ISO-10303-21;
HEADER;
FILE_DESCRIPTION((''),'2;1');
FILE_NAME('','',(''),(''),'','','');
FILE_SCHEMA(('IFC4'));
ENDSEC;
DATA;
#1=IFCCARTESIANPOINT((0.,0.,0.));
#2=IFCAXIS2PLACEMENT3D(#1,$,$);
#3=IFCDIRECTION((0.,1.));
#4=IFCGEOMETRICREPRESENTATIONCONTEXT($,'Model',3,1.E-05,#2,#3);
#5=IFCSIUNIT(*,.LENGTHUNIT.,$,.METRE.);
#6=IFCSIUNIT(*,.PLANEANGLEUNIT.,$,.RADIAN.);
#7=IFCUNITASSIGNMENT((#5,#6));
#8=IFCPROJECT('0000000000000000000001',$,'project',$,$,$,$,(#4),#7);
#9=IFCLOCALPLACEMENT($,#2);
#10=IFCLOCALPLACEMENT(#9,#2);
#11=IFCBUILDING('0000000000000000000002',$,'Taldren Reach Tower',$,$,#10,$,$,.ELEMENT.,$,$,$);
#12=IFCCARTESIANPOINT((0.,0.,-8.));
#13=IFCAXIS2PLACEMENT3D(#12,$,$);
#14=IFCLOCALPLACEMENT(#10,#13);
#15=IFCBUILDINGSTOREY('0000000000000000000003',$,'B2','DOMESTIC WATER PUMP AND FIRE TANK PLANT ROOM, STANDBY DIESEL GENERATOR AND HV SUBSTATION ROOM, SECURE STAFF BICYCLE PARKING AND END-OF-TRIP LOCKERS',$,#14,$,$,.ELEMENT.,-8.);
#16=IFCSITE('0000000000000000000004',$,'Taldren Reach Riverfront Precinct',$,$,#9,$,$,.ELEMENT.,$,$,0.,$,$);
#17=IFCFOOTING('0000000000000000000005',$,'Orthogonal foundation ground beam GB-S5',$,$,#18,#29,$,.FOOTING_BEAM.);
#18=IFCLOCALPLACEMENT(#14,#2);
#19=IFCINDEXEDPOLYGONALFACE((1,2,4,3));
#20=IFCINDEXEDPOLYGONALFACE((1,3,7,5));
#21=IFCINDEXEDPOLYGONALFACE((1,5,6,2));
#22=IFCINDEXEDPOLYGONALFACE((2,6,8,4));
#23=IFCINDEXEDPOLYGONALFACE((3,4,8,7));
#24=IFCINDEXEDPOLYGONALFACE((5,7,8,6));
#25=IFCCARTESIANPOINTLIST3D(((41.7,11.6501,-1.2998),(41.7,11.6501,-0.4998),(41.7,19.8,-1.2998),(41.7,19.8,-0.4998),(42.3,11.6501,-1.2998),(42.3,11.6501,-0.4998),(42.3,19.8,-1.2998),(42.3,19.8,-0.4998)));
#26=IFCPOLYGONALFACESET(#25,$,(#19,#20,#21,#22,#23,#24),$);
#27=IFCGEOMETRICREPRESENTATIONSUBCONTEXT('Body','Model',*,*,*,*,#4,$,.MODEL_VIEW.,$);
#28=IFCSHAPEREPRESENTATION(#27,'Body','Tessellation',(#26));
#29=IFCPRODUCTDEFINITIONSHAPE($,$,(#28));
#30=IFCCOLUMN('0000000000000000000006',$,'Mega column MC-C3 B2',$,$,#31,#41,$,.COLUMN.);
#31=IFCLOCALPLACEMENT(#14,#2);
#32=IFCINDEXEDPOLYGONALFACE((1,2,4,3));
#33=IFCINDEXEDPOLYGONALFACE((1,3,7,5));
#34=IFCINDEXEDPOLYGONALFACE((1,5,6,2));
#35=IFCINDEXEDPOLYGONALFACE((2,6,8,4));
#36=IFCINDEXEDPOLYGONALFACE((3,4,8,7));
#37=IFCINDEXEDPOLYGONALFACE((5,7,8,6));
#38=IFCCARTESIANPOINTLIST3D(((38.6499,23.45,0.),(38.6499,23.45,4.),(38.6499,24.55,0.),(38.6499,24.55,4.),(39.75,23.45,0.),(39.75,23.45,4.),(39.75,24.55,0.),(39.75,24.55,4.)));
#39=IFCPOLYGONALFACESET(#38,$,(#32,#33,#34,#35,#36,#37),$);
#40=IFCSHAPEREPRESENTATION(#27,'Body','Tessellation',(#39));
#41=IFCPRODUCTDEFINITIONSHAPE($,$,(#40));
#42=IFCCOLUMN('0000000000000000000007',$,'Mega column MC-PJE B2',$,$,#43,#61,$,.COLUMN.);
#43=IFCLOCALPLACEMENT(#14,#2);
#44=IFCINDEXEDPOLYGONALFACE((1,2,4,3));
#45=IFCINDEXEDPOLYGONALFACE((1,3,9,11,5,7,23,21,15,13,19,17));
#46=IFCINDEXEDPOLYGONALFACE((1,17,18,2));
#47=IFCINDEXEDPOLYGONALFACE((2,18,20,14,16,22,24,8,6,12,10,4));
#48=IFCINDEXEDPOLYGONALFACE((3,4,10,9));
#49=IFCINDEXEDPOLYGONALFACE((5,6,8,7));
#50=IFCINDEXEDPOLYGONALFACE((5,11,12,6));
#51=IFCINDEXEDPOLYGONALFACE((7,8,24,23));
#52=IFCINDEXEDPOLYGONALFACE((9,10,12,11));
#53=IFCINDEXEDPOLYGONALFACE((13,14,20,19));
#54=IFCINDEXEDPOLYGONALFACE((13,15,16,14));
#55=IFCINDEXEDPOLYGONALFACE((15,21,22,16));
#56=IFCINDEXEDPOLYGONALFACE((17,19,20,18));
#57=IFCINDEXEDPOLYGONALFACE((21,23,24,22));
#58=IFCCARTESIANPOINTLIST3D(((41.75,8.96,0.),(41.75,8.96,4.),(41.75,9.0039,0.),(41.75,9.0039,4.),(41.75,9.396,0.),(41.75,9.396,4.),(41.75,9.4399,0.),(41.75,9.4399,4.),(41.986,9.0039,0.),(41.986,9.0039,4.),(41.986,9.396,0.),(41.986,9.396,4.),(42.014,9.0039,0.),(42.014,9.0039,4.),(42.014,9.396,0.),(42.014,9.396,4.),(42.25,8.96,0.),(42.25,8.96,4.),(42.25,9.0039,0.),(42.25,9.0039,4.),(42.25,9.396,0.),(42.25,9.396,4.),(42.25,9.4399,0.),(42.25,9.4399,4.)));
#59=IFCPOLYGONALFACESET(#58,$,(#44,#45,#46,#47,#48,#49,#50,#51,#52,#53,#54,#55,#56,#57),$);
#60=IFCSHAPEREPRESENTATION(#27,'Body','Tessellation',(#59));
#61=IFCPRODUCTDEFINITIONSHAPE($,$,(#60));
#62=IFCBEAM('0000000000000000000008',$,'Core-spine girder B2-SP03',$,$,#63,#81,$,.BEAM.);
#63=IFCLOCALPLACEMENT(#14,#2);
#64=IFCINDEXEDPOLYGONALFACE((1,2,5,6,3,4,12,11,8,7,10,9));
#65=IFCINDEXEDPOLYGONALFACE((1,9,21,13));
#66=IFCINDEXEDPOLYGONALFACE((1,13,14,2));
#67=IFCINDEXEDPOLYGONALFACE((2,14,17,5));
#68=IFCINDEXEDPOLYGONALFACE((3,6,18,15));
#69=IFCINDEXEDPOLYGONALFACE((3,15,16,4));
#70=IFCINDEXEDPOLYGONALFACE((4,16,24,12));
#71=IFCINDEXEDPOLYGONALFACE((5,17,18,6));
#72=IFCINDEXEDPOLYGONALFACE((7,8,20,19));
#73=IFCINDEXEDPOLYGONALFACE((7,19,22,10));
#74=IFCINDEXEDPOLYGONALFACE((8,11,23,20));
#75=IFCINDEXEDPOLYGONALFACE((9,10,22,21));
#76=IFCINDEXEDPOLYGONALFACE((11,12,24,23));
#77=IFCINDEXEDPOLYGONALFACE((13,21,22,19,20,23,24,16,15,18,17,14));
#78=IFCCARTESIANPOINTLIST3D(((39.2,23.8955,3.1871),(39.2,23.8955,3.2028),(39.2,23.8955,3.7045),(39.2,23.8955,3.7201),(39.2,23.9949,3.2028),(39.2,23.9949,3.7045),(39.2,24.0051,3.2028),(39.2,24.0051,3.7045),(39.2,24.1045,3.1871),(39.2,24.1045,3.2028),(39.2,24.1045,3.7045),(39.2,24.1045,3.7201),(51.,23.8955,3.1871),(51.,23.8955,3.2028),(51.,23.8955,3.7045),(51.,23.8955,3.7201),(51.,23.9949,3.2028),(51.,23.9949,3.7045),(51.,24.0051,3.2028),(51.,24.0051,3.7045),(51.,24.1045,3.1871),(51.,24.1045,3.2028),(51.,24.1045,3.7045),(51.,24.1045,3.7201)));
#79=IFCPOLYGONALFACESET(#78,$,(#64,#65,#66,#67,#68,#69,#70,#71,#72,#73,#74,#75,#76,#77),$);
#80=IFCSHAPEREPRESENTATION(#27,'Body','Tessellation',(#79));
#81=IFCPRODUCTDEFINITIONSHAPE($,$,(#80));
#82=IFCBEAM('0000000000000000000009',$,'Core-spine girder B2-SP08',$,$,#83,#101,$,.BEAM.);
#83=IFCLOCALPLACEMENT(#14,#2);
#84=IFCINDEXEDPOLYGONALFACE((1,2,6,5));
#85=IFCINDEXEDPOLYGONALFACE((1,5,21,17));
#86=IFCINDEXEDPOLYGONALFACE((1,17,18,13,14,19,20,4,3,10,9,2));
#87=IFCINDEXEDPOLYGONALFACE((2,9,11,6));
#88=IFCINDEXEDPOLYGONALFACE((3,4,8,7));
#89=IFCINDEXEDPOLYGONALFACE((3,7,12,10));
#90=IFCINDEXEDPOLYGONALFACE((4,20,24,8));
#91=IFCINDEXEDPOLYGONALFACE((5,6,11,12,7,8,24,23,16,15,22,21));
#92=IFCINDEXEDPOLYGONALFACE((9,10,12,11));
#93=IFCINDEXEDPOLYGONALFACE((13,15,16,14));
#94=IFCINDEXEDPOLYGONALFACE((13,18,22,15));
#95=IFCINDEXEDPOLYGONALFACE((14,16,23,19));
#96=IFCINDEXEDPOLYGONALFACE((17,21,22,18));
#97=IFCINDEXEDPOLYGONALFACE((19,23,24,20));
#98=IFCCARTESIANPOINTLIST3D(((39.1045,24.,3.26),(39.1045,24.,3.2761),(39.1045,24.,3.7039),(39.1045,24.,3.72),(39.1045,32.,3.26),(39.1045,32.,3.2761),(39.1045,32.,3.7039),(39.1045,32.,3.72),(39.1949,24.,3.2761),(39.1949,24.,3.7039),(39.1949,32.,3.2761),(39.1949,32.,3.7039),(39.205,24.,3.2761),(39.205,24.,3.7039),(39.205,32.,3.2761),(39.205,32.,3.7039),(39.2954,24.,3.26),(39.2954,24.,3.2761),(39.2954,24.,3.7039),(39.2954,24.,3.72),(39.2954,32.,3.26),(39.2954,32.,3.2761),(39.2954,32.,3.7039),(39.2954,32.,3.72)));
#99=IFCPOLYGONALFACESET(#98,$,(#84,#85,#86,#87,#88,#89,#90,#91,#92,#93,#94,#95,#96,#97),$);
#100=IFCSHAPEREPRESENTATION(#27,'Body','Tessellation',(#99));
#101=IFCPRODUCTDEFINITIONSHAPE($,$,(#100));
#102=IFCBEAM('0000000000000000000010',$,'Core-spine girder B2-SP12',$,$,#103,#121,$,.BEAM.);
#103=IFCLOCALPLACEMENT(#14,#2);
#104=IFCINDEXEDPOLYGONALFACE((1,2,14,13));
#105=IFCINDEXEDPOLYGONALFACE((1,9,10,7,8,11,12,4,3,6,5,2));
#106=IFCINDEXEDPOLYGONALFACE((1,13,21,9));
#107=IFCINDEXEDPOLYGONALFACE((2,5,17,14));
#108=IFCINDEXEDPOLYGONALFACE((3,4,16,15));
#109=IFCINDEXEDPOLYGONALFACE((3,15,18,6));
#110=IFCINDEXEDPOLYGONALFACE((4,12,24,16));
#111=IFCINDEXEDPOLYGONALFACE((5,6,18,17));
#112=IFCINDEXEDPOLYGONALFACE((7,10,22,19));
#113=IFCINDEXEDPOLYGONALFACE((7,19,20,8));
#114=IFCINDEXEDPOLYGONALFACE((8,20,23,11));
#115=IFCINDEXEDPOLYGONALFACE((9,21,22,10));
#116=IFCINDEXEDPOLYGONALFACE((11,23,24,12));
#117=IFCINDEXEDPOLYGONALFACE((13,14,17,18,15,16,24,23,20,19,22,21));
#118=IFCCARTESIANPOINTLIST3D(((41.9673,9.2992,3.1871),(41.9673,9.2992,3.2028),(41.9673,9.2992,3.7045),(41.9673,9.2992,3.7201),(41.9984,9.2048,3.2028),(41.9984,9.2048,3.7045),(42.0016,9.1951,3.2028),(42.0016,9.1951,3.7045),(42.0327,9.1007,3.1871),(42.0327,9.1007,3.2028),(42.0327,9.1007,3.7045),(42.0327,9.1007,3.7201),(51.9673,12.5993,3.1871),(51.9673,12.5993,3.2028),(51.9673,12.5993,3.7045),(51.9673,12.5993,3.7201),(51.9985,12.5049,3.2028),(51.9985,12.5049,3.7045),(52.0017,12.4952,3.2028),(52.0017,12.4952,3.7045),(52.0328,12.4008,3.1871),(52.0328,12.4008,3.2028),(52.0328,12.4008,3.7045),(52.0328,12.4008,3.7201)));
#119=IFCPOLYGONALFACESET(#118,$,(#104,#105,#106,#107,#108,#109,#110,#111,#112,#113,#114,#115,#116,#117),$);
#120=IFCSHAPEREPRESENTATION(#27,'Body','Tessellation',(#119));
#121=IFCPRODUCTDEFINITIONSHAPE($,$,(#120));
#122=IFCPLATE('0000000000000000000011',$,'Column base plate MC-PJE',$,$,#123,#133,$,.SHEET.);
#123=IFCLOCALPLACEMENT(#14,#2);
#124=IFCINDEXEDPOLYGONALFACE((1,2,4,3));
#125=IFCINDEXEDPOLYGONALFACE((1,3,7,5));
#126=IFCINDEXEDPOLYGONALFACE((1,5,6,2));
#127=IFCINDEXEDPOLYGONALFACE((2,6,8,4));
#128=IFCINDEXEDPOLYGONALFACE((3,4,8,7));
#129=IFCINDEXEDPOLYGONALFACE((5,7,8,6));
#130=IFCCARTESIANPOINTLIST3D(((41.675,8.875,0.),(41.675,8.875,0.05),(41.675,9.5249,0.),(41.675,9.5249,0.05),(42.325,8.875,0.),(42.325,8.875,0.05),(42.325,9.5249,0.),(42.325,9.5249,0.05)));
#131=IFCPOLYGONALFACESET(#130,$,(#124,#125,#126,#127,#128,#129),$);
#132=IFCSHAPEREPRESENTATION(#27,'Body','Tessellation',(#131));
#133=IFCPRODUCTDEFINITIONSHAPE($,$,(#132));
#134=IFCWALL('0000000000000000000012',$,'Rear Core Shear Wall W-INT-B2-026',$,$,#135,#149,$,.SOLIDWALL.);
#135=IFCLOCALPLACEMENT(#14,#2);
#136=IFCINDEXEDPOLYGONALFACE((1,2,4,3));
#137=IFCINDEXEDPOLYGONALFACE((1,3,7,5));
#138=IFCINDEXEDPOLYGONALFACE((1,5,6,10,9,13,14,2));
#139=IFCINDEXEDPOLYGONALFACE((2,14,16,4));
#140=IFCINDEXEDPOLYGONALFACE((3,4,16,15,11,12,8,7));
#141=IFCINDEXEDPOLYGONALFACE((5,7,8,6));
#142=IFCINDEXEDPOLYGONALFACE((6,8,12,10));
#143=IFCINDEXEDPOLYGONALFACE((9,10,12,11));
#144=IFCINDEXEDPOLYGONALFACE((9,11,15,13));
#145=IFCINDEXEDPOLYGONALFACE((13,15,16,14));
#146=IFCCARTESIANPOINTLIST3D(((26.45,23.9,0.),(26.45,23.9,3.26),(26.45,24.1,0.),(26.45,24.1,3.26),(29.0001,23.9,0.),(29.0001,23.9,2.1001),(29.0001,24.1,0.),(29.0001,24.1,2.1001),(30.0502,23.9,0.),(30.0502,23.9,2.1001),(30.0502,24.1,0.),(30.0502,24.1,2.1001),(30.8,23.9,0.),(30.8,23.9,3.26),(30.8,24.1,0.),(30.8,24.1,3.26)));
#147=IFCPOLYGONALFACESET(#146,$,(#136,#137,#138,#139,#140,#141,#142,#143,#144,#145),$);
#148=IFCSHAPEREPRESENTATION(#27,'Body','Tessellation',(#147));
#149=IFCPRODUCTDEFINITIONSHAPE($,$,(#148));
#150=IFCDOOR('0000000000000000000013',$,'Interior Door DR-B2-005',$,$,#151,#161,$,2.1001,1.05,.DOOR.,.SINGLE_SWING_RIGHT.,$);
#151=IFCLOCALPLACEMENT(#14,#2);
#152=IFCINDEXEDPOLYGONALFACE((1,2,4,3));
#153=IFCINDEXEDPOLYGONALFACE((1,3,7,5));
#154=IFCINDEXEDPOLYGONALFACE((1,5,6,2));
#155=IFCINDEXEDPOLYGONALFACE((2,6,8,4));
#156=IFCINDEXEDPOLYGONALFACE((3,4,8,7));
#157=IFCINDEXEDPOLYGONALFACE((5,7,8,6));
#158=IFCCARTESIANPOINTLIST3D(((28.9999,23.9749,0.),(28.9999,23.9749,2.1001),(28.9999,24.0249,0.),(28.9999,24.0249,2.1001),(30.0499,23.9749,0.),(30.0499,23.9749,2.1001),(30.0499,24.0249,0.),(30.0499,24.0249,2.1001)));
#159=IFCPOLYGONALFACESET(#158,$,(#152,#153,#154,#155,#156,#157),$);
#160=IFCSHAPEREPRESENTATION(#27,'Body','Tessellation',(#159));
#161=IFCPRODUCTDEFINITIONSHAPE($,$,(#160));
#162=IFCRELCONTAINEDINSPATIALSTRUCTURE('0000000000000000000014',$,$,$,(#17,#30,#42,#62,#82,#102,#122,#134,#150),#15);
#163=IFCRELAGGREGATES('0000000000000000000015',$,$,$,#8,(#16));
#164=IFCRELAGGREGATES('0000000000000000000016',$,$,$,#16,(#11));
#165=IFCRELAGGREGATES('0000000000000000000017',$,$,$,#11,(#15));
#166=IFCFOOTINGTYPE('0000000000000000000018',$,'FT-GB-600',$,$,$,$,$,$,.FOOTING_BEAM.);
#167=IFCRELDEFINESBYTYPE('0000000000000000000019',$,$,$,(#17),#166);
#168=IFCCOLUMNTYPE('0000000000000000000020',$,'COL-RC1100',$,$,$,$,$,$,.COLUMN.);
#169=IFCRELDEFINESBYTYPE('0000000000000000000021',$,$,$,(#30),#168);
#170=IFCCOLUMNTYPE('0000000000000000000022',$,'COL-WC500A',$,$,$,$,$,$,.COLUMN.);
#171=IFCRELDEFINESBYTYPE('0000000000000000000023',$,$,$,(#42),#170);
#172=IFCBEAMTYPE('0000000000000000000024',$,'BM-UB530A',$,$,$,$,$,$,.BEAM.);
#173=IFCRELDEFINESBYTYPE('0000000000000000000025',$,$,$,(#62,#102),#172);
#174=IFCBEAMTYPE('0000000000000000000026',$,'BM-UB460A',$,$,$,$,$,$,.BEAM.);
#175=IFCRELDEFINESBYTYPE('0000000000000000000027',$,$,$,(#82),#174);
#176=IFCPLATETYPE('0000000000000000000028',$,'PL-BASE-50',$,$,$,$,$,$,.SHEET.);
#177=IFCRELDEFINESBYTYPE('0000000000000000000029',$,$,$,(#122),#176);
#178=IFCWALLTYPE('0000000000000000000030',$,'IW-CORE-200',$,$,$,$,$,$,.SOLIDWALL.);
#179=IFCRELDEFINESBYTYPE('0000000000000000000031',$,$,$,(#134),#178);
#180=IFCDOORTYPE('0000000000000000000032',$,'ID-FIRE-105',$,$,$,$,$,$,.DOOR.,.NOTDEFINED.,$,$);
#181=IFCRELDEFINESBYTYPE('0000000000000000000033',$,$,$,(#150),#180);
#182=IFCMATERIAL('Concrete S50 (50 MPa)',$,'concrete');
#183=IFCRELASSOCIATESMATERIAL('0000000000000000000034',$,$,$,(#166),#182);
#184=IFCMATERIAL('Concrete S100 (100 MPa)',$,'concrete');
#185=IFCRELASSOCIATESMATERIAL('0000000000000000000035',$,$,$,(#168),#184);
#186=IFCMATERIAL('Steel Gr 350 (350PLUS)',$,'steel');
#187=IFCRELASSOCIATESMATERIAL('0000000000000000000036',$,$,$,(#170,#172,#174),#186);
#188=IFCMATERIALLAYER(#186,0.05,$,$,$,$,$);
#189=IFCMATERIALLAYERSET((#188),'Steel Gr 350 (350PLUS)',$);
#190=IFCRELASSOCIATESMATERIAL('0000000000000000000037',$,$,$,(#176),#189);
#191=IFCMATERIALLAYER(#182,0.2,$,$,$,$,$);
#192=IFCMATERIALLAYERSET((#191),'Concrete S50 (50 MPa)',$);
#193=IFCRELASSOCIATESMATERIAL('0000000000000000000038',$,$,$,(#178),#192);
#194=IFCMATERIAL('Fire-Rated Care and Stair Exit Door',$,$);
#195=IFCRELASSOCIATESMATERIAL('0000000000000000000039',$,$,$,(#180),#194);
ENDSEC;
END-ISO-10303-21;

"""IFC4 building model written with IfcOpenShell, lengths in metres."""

from ifc_helpers import new_model, si_unit, direction, frame, frame_2d, origin, origin_2d, place, context, subcontext, project, spatial, rectangle, i_section, extrude, source, transform, mapped, material, layer, layer_set, material_profile, profile_set, type_object, element, fill, save


model = new_model("IFC4")

# Units and contexts
model_context = context("Model", 3, precision=1e-05, world=origin(), true_north=direction((0.0, 1.0)))
body_context = subcontext(model_context, "Body", "Model", "MODEL_VIEW")
ifc_project = project(units=[si_unit("LENGTHUNIT", "METRE"), si_unit("PLANEANGLEUNIT", "RADIAN")], contexts=[model_context])

# Site, building, storey
site_placement = place(None, origin())
site = spatial("IfcSite", under=ifc_project, at=site_placement, Name="Taldren Reach Riverfront Precinct", CompositionType="ELEMENT", RefElevation=0.0)
building_placement = place(site_placement, origin())
building = spatial("IfcBuilding", under=site, at=building_placement, Name="Taldren Reach Tower", CompositionType="ELEMENT")
storey_placement = place(building_placement, frame((0.0, 0.0, -8.0)))
storey = spatial("IfcBuildingStorey", under=building, at=storey_placement, Name="B2", Description="DOMESTIC WATER PUMP AND FIRE TANK PLANT ROOM, STANDBY DIESEL GENERATOR AND HV SUBSTATION ROOM, SECURE STAFF BICYCLE PARKING AND END-OF-TRIP LOCKERS", CompositionType="ELEMENT", Elevation=-8.0)

# Footing
ifc_material_1 = material(Name="Concrete S50 (50 MPa)", Category="concrete")
footing_type_1 = type_object("IfcFootingType", Name="FT-GB-600", PredefinedType="FOOTING_BEAM", material=ifc_material_1)
shared_shape_1 = source(origin(), body_context, "Body", "SweptSolid", [
    extrude(rectangle(XDim=8.1499, YDim=0.6001, at=origin_2d()), origin(), (0.0, 0.0, 1.0), 0.8),
])
footing_1_placement = place(storey_placement, frame((42.0, 15.7251, -1.2998), z_axis=(0.0, 0.0, 1.0), x_axis=(0.0, 1.0, 0.0)))
element("IfcFooting", 1, at=footing_1_placement, inside=storey, type_object=footing_type_1, Name="Orthogonal foundation ground beam GB-S5", PredefinedType="FOOTING_BEAM", context=body_context, shape_type="MappedRepresentation", body=[
    mapped(shared_shape_1, transform((0.0, 0.0, 0.0), scale=1.0)),
])

# Columns
ifc_material_2 = material(Name="Concrete S100 (100 MPa)", Category="concrete")
ifc_material_profile_1 = material_profile(ifc_material_2, rectangle(XDim=1.1001, YDim=1.1001, at=origin_2d()), Name="RC-1100x1100")
ifc_profile_set_1 = profile_set([ifc_material_profile_1], Name="Concrete S100 (100 MPa)")
column_type_1 = type_object("IfcColumnType", Name="COL-RC1100", PredefinedType="COLUMN", material=ifc_profile_set_1)
shared_shape_2 = source(origin(), body_context, "Body", "SweptSolid", [
    extrude(rectangle(XDim=1.1001, YDim=1.1001, at=origin_2d()), origin(), (0.0, 0.0, 1.0), 4.0),
])
column_1_placement = place(storey_placement, frame((39.2, 24.0, 0.0), z_axis=(0.0, 0.0, 1.0), x_axis=(1.0, 0.0, 0.0)))
element("IfcColumn", 2, at=column_1_placement, inside=storey, type_object=column_type_1, Name="Mega column MC-C3 B2", PredefinedType="COLUMN", context=body_context, shape_type="MappedRepresentation", body=[
    mapped(shared_shape_2, transform((0.0, 0.0, 0.0), scale=1.0)),
])
ifc_material_3 = material(Name="Steel Gr 350 (350PLUS)", Category="steel")
ifc_material_profile_2 = material_profile(ifc_material_3, i_section(OverallWidth=0.5, OverallDepth=0.48, WebThickness=0.0281, FlangeThickness=0.0439, at=origin_2d()), Name="500WC440")
ifc_profile_set_2 = profile_set([ifc_material_profile_2], Name="Steel Gr 350 (350PLUS)")
column_type_2 = type_object("IfcColumnType", Name="COL-WC500A", PredefinedType="COLUMN", material=ifc_profile_set_2)
shared_shape_3 = source(origin(), body_context, "Body", "SweptSolid", [
    extrude(i_section(OverallWidth=0.5, OverallDepth=0.48, WebThickness=0.0281, FlangeThickness=0.0439, at=origin_2d()), origin(), (0.0, 0.0, 1.0), 4.0),
])
column_2_placement = place(storey_placement, frame((42.0, 9.2, 0.0), z_axis=(0.0, 0.0, 1.0), x_axis=(1.0, 0.0, 0.0)))
element("IfcColumn", 3, at=column_2_placement, inside=storey, type_object=column_type_2, Name="Mega column MC-PJE B2", PredefinedType="COLUMN", context=body_context, shape_type="MappedRepresentation", body=[
    mapped(shared_shape_3, transform((0.0, 0.0, 0.0), scale=1.0)),
])

# Beams
ifc_material_profile_3 = material_profile(ifc_material_3, i_section(OverallWidth=0.209, OverallDepth=0.533, WebThickness=0.0103, FlangeThickness=0.0156, at=origin_2d()), Name="530UB92.4")
ifc_profile_set_3 = profile_set([ifc_material_profile_3], Name="Steel Gr 350 (350PLUS)")
beam_type_1 = type_object("IfcBeamType", Name="BM-UB530A", PredefinedType="BEAM", material=ifc_profile_set_3)
shared_shape_4 = source(origin(), body_context, "Body", "SweptSolid", [
    extrude(i_section(OverallWidth=0.209, OverallDepth=0.533, WebThickness=0.0103, FlangeThickness=0.0156, at=origin_2d()), origin(), (0.0, 0.0, 1.0), 11.8),
])
beam_1_placement = place(storey_placement, frame((39.2, 24.0, 3.4536), z_axis=(1.0, 0.0, 0.0), x_axis=(0.0, 1.0, 0.0)))
element("IfcBeam", 4, at=beam_1_placement, inside=storey, type_object=beam_type_1, Name="Core-spine girder B2-SP03", PredefinedType="BEAM", context=body_context, shape_type="MappedRepresentation", body=[
    mapped(shared_shape_4, transform((0.0, 0.0, 0.0), scale=1.0)),
])
ifc_material_profile_4 = material_profile(ifc_material_3, i_section(OverallWidth=0.1909, OverallDepth=0.46, WebThickness=0.01, FlangeThickness=0.0161, at=origin_2d()), Name="460UB82.1")
ifc_profile_set_4 = profile_set([ifc_material_profile_4], Name="Steel Gr 350 (350PLUS)")
beam_type_2 = type_object("IfcBeamType", Name="BM-UB460A", PredefinedType="BEAM", material=ifc_profile_set_4)
shared_shape_5 = source(origin(), body_context, "Body", "SweptSolid", [
    extrude(i_section(OverallWidth=0.1909, OverallDepth=0.46, WebThickness=0.01, FlangeThickness=0.0161, at=origin_2d()), origin(), (0.0, 0.0, 1.0), 8.0),
])
beam_2_placement = place(storey_placement, frame((39.2, 24.0, 3.49), z_axis=(0.0, 1.0, 0.0), x_axis=(-1.0, 0.0, 0.0)))
element("IfcBeam", 5, at=beam_2_placement, inside=storey, type_object=beam_type_2, Name="Core-spine girder B2-SP08", PredefinedType="BEAM", context=body_context, shape_type="MappedRepresentation", body=[
    mapped(shared_shape_5, transform((0.0, 0.0, 0.0), scale=1.0)),
])
shared_shape_6 = source(origin(), body_context, "Body", "SweptSolid", [
    extrude(i_section(OverallWidth=0.209, OverallDepth=0.533, WebThickness=0.0103, FlangeThickness=0.0156, at=origin_2d()), origin(), (0.0, 0.0, 1.0), 10.5305),
])
beam_3_placement = place(storey_placement, frame((42.0, 9.2, 3.4536), z_axis=(0.949627, 0.313382, 0.0), x_axis=(-0.313382, 0.949627, 0.0)))
element("IfcBeam", 6, at=beam_3_placement, inside=storey, type_object=beam_type_1, Name="Core-spine girder B2-SP12", PredefinedType="BEAM", context=body_context, shape_type="MappedRepresentation", body=[
    mapped(shared_shape_6, transform((0.0, 0.0, 0.0), scale=1.0)),
])

# Plate
ifc_layer_1 = layer(ifc_material_3, 0.05)
ifc_layer_set_1 = layer_set([ifc_layer_1], Name="Steel Gr 350 (350PLUS)")
plate_type = type_object("IfcPlateType", Name="PL-BASE-50", PredefinedType="SHEET", material=ifc_layer_set_1)
shared_shape_7 = source(origin(), body_context, "Body", "SweptSolid", [
    extrude(rectangle(XDim=0.6499, YDim=0.6499, at=origin_2d()), origin(), (0.0, 0.0, 1.0), 0.05),
])
plate_placement = place(storey_placement, frame((42.0, 9.2, 0.0), z_axis=(0.0, 0.0, 1.0), x_axis=(1.0, 0.0, 0.0)))
element("IfcPlate", 7, at=plate_placement, inside=storey, type_object=plate_type, Name="Column base plate MC-PJE", PredefinedType="SHEET", context=body_context, shape_type="MappedRepresentation", body=[
    mapped(shared_shape_7, transform((0.0, 0.0, 0.0), scale=1.0)),
])

# Wall, opening, door
ifc_layer_2 = layer(ifc_material_1, 0.2)
ifc_layer_set_2 = layer_set([ifc_layer_2], Name="Concrete S50 (50 MPa)")
wall_type_1 = type_object("IfcWallType", Name="IW-CORE-200", PredefinedType="SOLIDWALL", material=ifc_layer_set_2)
shared_shape_8 = source(origin(), body_context, "Body", "SweptSolid", [
    extrude(rectangle(XDim=4.3501, YDim=0.2, at=frame_2d((2.175, 0.0))), origin(), (0.0, 0.0, 1.0), 3.26),
])
wall_1_placement = place(storey_placement, frame((30.8, 24.0, 0.0), z_axis=(0.0, 0.0, 1.0), x_axis=(-1.0, 0.0, 0.0)))
wall_1 = element("IfcWall", 8, at=wall_1_placement, inside=storey, type_object=wall_type_1, Name="Rear Core Shear Wall W-INT-B2-026", PredefinedType="SOLIDWALL", context=body_context, shape_type="MappedRepresentation", body=[
    mapped(shared_shape_8, transform((0.0, 0.0, 0.0), scale=1.0)),
])
shared_shape_9 = source(origin(), body_context, "Body", "SweptSolid", [
    extrude(rectangle(XDim=1.05, YDim=2.1001, at=frame_2d((0.5249, 1.05))), frame((0.0, 0.1099, 0.0), z_axis=(0.0, -1.0, 0.0), x_axis=(1.0, 0.0, 0.0)), (0.0, 0.0, 1.0), 0.22),
])
opening_1_placement = place(wall_1_placement, frame((0.75, 0.0, 0.0)))
opening_1 = element("IfcOpeningElement", 9, at=opening_1_placement, cuts=wall_1, PredefinedType="OPENING", context=body_context, shape_type="MappedRepresentation", body=[
    mapped(shared_shape_9, transform((0.0, 0.0, 0.0), scale=1.0)),
])
ifc_material_4 = material(Name="Fire-Rated Care and Stair Exit Door")
door_type = type_object("IfcDoorType", Name="ID-FIRE-105", OperationType="NOTDEFINED", PredefinedType="DOOR", material=ifc_material_4)
shared_shape_10 = source(origin(), body_context, "Body", "SweptSolid", [
    extrude(rectangle(XDim=1.05, YDim=2.1001, at=frame_2d((0.5249, 1.05))), frame((0.0, 0.0249, 0.0), z_axis=(0.0, -1.0, 0.0), x_axis=(1.0, 0.0, 0.0)), (0.0, 0.0, 1.0), 0.05),
])
door_1_placement = place(opening_1_placement, frame((1.05, 0.0, 0.0), z_axis=(0.0, 0.0, 1.0), x_axis=(-1.0, 0.0, 0.0)))
door_1 = element("IfcDoor", 10, at=door_1_placement, inside=storey, type_object=door_type, Name="Interior Door DR-B2-005", OperationType="SINGLE_SWING_RIGHT", OverallHeight=2.1001, OverallWidth=1.05, PredefinedType="DOOR", context=body_context, shape_type="MappedRepresentation", body=[
    mapped(shared_shape_10, transform((0.0, 0.0, 0.0), scale=1.0)),
])
fill(opening_1, door_1)

save(model, "model.ifc")
